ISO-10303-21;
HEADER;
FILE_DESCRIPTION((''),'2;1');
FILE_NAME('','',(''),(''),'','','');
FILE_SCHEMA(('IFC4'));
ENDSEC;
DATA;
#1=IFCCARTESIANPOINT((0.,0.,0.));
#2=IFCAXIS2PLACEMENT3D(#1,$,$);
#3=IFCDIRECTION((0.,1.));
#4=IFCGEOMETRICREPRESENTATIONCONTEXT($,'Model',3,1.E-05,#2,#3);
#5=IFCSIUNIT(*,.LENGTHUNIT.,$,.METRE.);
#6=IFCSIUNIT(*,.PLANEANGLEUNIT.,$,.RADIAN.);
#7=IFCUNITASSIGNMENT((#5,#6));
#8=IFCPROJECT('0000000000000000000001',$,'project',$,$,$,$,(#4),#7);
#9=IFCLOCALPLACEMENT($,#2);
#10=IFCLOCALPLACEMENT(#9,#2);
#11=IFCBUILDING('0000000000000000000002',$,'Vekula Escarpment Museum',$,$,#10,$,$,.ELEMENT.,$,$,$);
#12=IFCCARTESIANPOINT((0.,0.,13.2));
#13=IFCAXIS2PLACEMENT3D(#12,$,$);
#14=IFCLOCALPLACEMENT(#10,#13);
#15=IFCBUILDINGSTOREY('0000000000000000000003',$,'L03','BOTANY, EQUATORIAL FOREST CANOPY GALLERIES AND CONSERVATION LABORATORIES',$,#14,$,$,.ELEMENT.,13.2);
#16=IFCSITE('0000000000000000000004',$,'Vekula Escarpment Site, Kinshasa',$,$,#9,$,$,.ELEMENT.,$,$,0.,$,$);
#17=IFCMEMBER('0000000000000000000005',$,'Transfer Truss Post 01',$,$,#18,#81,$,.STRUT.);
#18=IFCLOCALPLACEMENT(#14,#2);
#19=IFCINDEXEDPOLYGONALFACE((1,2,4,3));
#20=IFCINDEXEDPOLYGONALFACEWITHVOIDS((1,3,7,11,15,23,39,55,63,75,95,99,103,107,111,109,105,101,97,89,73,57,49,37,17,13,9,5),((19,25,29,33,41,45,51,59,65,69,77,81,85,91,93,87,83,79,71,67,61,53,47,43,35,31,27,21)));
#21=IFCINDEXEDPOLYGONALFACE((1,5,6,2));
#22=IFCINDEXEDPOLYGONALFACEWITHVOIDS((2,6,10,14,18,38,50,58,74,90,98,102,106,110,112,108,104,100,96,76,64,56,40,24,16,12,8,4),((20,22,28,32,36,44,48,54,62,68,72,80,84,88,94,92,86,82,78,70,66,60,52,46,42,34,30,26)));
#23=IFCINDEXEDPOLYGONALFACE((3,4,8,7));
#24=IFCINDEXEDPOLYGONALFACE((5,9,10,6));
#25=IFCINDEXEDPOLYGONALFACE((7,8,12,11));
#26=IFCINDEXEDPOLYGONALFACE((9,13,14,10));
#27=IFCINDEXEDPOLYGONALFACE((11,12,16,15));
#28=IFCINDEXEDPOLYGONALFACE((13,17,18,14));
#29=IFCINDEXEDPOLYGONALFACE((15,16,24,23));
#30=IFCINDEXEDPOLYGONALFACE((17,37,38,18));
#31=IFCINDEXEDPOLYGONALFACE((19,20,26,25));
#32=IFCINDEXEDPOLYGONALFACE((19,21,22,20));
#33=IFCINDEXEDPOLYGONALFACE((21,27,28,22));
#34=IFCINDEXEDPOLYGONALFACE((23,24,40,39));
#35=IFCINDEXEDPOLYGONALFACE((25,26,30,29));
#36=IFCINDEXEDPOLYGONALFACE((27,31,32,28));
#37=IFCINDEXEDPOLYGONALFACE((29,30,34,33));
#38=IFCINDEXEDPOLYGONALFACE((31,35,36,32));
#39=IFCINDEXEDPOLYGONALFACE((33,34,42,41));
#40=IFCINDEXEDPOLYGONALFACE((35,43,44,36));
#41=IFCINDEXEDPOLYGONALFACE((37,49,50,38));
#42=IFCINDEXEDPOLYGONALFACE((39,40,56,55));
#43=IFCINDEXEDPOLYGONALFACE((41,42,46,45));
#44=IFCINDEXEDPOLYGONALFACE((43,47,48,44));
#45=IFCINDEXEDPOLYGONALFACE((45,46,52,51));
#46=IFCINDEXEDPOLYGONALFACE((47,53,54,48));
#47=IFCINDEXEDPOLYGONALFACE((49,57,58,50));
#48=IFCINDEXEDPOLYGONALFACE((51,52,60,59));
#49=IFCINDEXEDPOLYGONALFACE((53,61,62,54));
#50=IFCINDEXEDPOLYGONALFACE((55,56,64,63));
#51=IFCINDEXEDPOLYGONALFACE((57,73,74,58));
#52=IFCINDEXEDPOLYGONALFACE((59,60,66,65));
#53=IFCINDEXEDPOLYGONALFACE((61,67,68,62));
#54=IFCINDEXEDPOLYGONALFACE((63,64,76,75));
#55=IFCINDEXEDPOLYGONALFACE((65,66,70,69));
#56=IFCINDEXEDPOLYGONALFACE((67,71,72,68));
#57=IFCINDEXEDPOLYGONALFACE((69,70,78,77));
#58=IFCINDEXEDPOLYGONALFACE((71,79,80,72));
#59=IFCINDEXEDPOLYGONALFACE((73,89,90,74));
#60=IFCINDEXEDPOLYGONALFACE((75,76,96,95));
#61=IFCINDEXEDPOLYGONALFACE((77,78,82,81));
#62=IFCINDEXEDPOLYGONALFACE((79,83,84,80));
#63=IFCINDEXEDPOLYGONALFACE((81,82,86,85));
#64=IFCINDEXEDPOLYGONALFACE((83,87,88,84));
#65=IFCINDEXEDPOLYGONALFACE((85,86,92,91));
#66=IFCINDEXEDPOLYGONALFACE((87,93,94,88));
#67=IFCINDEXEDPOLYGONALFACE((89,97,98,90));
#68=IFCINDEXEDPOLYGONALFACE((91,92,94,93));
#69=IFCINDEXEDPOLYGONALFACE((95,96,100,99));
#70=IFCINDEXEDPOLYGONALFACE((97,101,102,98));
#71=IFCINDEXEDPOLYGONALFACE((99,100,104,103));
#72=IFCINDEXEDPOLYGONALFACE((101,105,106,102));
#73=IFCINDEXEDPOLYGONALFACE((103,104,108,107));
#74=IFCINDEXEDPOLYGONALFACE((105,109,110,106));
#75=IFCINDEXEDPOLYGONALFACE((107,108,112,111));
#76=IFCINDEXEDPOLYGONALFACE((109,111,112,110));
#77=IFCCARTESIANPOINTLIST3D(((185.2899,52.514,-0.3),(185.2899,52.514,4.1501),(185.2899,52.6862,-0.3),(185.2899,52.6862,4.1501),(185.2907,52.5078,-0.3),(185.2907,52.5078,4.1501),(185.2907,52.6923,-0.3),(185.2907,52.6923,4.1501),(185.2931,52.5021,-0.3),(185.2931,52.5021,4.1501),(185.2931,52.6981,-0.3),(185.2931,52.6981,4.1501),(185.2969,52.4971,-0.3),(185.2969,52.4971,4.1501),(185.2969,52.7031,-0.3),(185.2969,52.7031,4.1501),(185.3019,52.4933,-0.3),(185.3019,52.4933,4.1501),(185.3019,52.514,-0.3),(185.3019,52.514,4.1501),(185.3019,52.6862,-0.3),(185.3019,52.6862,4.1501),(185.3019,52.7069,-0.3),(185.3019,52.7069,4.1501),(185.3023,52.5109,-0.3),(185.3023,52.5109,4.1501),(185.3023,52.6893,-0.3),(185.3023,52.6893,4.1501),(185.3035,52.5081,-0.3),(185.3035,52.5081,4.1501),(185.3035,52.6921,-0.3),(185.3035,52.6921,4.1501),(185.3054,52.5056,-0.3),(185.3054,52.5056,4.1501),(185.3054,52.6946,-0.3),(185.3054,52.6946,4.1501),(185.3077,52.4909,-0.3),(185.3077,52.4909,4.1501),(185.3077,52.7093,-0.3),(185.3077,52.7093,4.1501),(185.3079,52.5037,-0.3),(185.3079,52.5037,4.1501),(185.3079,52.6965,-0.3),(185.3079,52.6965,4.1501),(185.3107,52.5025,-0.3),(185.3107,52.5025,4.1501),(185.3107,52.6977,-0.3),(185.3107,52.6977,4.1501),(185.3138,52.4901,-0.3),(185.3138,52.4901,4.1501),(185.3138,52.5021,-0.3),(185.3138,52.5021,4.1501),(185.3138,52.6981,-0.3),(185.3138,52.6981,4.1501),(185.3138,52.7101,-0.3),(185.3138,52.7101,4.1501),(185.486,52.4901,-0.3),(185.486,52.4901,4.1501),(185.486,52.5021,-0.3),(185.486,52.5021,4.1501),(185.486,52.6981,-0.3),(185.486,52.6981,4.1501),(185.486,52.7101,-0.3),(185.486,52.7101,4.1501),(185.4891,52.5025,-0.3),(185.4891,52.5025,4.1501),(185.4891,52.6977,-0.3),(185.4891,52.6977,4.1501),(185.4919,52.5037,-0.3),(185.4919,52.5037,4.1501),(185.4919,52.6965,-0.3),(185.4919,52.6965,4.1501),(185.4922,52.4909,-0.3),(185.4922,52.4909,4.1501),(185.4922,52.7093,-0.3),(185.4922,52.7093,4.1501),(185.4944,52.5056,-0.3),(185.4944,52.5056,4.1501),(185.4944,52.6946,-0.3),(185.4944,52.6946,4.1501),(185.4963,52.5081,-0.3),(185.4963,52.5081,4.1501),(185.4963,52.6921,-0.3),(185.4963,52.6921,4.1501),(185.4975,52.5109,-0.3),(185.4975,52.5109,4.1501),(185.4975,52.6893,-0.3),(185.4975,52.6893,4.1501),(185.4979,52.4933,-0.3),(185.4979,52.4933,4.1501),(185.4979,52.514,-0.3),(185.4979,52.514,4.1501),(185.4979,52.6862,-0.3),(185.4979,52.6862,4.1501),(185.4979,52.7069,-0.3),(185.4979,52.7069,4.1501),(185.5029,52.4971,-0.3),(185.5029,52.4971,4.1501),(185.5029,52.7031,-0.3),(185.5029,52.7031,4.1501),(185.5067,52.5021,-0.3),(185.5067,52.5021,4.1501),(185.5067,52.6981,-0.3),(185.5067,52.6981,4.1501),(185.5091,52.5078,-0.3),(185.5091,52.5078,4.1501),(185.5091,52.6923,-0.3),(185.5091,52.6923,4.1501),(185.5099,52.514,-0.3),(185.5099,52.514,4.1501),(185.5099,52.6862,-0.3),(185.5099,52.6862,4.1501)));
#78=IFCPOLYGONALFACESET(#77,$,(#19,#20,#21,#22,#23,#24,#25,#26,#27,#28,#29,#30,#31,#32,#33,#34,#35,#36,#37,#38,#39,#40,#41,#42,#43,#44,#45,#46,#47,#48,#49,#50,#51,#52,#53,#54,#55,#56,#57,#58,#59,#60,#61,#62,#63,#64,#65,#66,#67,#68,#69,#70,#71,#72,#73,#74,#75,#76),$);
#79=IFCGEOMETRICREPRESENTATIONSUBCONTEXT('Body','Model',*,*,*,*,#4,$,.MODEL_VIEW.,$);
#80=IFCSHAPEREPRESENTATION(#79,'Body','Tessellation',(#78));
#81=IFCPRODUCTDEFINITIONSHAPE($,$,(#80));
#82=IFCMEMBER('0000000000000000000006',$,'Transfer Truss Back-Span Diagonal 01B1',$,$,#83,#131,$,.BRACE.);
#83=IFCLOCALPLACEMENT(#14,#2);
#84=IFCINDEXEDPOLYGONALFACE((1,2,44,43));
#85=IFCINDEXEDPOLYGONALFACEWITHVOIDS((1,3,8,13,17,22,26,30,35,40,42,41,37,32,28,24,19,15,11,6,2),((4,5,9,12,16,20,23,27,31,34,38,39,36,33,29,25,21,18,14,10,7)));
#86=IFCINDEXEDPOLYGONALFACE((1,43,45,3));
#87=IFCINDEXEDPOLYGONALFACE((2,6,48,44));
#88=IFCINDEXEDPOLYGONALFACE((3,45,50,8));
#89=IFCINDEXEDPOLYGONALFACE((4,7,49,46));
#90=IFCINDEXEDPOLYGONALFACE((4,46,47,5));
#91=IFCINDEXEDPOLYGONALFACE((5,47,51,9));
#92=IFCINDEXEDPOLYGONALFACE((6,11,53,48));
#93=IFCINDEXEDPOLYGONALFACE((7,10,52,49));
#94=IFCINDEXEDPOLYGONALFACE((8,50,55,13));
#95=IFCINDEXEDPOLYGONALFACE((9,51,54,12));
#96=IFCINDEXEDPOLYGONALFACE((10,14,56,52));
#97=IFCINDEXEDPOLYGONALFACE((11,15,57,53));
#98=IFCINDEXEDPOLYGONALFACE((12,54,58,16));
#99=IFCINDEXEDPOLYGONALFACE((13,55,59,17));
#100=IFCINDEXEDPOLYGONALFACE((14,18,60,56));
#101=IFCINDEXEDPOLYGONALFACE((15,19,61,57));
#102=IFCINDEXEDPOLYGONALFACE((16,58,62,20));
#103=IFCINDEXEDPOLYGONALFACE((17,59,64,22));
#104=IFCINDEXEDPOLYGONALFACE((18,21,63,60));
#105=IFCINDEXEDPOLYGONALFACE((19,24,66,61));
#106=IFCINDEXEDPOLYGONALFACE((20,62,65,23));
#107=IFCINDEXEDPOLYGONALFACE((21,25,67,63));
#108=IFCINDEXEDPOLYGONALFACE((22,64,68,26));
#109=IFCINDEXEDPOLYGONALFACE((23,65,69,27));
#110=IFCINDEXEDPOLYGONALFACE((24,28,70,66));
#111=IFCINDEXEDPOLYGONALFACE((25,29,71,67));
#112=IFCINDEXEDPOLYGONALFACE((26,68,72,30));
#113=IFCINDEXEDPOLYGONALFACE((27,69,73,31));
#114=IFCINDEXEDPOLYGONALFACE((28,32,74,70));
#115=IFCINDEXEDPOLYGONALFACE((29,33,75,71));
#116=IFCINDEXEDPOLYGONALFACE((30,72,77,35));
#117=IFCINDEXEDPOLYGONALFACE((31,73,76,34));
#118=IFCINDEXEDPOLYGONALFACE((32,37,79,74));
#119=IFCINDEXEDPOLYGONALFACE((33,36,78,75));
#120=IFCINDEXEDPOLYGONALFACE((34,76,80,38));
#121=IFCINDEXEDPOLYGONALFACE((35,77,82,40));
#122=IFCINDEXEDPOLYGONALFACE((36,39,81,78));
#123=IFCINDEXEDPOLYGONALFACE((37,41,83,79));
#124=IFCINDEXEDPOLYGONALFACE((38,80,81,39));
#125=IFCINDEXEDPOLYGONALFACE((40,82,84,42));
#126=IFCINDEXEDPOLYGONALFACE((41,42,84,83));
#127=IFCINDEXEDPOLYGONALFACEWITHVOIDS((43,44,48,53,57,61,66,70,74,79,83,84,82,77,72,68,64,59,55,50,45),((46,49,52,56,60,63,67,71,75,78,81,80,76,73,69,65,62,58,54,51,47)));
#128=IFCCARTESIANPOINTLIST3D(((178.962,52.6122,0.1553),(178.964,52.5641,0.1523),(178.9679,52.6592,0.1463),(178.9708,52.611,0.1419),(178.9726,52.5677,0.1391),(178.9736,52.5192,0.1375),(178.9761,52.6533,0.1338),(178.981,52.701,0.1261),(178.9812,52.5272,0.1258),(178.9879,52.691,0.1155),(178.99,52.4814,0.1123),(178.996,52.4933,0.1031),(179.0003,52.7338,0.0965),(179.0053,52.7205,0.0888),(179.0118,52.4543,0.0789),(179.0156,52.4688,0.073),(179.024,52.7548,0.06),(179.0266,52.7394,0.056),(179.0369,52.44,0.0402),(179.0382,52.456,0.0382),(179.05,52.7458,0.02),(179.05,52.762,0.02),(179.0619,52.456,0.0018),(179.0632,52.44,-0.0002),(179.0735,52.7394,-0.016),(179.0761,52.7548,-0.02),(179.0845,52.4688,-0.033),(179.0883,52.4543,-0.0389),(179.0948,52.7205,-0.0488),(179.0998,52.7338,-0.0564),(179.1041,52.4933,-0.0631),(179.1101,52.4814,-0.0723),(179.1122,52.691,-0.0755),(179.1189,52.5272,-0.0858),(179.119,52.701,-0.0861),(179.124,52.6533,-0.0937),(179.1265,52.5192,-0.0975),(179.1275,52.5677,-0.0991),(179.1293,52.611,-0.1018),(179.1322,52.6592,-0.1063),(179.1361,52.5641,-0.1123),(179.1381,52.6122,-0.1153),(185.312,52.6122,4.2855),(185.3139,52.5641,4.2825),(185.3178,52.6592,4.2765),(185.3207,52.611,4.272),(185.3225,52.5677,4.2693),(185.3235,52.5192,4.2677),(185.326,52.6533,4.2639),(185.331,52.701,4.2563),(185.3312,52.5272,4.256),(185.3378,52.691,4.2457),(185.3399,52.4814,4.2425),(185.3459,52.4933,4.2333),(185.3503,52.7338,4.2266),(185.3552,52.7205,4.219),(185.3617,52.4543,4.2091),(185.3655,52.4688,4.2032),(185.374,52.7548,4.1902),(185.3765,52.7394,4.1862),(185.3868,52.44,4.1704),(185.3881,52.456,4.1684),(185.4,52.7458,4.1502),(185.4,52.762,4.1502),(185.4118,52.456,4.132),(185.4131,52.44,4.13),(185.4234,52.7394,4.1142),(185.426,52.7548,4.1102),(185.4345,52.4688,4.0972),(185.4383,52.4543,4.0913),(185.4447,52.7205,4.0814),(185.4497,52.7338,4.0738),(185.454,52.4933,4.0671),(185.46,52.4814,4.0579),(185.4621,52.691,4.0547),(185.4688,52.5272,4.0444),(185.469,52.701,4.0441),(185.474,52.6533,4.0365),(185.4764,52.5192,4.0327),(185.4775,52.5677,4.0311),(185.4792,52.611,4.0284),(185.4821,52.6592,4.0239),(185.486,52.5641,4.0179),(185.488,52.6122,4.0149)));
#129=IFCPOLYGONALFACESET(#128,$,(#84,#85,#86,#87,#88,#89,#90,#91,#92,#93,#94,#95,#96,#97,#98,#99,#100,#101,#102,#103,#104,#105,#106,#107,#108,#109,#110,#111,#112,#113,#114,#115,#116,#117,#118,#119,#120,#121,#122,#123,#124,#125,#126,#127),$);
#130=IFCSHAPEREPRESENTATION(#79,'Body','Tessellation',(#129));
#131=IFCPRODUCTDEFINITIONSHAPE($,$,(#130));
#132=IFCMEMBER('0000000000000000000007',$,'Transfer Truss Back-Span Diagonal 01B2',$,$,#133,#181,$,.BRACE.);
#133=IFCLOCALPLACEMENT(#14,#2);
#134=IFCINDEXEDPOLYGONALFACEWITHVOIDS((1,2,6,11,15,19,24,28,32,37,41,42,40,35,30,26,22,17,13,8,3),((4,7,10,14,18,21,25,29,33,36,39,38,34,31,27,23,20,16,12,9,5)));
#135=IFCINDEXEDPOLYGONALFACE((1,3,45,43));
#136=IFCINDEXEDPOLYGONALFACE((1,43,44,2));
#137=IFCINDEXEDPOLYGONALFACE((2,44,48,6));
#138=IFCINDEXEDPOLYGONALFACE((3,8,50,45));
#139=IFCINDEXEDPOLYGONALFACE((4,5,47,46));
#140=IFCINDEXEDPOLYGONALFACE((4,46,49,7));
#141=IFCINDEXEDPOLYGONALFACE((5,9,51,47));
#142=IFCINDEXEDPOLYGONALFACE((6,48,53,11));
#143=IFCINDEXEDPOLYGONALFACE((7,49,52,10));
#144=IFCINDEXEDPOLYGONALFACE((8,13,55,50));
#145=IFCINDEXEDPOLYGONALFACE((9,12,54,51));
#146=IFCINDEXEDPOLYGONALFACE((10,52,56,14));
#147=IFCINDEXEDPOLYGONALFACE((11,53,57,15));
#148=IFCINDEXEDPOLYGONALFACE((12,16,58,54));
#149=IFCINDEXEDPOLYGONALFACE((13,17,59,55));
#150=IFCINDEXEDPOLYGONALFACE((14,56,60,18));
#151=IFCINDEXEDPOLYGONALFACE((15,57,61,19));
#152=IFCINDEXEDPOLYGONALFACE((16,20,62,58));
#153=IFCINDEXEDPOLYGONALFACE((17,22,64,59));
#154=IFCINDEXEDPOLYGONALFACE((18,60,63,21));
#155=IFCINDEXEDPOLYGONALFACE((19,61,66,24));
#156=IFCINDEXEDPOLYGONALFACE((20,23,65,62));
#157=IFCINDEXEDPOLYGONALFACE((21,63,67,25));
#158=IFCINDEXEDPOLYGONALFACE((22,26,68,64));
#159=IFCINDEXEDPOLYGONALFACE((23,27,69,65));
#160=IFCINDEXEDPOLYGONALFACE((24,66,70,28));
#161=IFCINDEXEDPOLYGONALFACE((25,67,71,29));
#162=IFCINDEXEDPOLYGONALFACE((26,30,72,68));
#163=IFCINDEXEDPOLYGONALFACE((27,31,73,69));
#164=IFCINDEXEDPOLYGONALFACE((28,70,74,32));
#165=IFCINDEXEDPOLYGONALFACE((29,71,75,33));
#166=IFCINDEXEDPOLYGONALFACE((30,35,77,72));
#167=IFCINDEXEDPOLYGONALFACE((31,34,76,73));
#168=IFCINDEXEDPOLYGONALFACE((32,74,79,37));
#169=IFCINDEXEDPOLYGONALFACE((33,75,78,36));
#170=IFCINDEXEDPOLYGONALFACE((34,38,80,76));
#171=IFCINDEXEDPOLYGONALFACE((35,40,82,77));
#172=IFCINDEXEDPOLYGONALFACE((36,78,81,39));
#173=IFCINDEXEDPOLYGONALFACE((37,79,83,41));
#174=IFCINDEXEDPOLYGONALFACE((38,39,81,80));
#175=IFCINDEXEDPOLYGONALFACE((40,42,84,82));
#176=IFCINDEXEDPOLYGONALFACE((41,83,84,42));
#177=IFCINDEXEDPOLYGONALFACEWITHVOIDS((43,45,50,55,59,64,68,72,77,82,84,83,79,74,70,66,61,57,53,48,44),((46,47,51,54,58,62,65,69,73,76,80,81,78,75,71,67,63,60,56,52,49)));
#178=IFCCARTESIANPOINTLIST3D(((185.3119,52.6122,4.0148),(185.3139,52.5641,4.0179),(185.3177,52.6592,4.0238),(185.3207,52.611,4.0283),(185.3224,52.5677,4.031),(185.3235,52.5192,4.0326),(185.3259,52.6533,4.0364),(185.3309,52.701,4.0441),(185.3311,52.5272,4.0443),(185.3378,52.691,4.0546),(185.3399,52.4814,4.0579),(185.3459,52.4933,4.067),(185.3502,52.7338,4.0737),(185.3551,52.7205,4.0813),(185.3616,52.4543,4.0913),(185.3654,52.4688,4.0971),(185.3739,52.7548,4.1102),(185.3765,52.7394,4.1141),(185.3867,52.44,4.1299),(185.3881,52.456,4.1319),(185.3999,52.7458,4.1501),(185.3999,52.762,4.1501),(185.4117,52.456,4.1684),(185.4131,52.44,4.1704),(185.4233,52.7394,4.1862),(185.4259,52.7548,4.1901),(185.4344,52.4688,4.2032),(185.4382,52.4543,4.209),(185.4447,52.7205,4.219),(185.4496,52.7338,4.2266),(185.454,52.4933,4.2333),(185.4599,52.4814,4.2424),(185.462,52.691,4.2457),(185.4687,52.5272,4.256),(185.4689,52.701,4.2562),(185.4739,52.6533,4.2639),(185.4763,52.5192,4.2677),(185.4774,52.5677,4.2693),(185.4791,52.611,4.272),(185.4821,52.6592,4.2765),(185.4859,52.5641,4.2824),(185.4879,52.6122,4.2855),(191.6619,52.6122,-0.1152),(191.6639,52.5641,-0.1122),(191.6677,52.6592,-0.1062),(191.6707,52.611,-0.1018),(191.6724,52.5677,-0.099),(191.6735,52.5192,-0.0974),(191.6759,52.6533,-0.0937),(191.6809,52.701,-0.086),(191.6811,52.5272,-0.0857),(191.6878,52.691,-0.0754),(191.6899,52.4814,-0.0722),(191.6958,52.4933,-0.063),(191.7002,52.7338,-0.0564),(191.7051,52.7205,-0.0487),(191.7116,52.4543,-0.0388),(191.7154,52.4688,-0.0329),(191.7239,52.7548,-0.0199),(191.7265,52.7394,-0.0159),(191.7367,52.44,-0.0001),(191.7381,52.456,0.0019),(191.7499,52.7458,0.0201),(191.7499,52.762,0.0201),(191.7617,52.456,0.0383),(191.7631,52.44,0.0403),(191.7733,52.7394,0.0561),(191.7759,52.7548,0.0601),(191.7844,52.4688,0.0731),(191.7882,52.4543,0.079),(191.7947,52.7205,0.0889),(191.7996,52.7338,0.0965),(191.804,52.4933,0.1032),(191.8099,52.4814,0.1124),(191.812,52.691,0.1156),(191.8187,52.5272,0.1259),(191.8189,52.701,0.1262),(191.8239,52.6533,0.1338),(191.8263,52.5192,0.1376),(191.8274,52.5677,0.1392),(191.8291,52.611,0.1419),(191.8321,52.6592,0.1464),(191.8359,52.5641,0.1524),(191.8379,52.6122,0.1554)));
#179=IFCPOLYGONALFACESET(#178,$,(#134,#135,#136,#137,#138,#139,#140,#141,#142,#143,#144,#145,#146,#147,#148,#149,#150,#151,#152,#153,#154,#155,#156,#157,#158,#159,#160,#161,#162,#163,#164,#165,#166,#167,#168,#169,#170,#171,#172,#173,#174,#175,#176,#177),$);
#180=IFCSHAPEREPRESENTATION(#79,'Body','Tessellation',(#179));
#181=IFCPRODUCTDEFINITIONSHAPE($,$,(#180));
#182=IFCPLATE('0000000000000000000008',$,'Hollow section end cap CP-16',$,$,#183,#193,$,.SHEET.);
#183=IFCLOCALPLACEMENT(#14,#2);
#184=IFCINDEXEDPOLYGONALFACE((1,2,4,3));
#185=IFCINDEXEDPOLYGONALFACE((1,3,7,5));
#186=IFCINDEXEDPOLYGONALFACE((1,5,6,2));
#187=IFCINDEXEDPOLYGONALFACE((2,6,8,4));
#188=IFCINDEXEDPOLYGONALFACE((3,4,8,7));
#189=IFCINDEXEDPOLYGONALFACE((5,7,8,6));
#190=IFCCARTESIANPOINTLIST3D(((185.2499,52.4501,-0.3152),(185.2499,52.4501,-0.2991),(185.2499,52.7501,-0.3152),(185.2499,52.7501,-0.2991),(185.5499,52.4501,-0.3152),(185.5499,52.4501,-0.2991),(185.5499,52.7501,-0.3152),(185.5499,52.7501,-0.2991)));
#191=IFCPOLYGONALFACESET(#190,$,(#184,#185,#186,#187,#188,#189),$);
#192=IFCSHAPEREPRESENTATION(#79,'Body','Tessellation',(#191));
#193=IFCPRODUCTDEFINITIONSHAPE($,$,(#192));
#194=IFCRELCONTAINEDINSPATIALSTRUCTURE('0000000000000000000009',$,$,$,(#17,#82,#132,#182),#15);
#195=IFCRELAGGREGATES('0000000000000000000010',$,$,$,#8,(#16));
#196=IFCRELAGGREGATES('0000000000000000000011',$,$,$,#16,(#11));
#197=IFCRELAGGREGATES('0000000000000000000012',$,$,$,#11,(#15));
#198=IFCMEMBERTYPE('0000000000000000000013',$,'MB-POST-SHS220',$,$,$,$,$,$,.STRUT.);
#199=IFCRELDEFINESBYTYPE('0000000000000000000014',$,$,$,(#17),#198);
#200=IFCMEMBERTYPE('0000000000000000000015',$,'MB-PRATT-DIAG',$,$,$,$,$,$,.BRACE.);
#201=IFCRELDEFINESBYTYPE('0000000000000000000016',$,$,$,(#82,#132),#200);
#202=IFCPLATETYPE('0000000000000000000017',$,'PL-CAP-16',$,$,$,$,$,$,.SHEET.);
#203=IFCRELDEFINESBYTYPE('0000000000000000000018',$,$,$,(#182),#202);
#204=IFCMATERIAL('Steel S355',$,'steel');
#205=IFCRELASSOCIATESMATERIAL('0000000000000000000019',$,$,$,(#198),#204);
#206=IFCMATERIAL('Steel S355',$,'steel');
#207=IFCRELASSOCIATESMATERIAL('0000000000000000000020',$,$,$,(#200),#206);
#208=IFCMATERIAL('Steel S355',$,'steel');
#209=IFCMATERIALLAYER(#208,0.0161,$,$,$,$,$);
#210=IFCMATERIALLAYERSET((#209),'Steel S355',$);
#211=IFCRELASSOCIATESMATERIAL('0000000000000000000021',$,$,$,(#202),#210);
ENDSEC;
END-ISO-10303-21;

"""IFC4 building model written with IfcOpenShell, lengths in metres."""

from ifc_helpers import new_model, si_unit, direction, frame, origin, origin_2d, place, context, subcontext, project, spatial, rectangle, hollow_rectangle, hollow_circle, extrude, material, layer, layer_set, material_profile, profile_set, type_object, element, save


model = new_model("IFC4")

# Units and contexts
model_context = context("Model", 3, precision=1e-05, world=origin(), true_north=direction((0.0, 1.0)))
body_context = subcontext(model_context, "Body", "Model", "MODEL_VIEW")
ifc_project = project(units=[si_unit("LENGTHUNIT", "METRE"), si_unit("PLANEANGLEUNIT", "RADIAN")], contexts=[model_context])

# Site, building, storey
site_placement = place(None, origin())
site = spatial("IfcSite", under=ifc_project, at=site_placement, Name="Vekula Escarpment Site, Kinshasa", CompositionType="ELEMENT", RefElevation=0.0)
building_placement = place(site_placement, origin())
building = spatial("IfcBuilding", under=site, at=building_placement, Name="Vekula Escarpment Museum", CompositionType="ELEMENT")
storey_placement = place(building_placement, frame((0.0, 0.0, 13.2)))
storey = spatial("IfcBuildingStorey", under=building, at=storey_placement, Name="L03", Description="BOTANY, EQUATORIAL FOREST CANOPY GALLERIES AND CONSERVATION LABORATORIES", CompositionType="ELEMENT", Elevation=13.2)

# Members
ifc_material_1 = material(Name="Steel S355", Category="steel")
ifc_material_profile_1 = material_profile(ifc_material_1, hollow_rectangle(XDim=0.22, YDim=0.22, WallThickness=0.012, InnerFilletRadius=0.012, OuterFilletRadius=0.0239, at=origin_2d()), Name="SHS 220x220x12")
ifc_profile_set_1 = profile_set([ifc_material_profile_1], Name="Steel S355")
member_type_1 = type_object("IfcMemberType", Name="MB-POST-SHS220", PredefinedType="STRUT", material=ifc_profile_set_1)
member_placement = place(storey_placement, frame((185.3999, 52.6001, -0.3), z_axis=(0.0, 0.0, 1.0), x_axis=(1.0, 0.0, 0.0)))
element("IfcMember", 1, at=member_placement, inside=storey, type_object=member_type_1, Name="Transfer Truss Post 01", PredefinedType="STRUT", context=body_context, shape_type="SweptSolid", body=[
    extrude(hollow_rectangle(XDim=0.22, YDim=0.22, WallThickness=0.012, InnerFilletRadius=0.012, OuterFilletRadius=0.0239, at=origin_2d()), origin(), (0.0, 0.0, 1.0), 4.4502),
])
ifc_material_2 = material(Name="Steel S355", Category="steel")
ifc_material_profile_2 = material_profile(ifc_material_2, hollow_circle(Radius=0.1619, WallThickness=0.0161, at=origin_2d()), Name="CHS 323.9x16")
ifc_profile_set_2 = profile_set([ifc_material_profile_2], Name="Steel S355")
member_type_2 = type_object("IfcMemberType", Name="MB-PRATT-DIAG", PredefinedType="BRACE", material=ifc_profile_set_2)
for number, where, z_axis, x_axis, name in (
    (2, (179.05, 52.6001, 0.02), (0.838279, 0.0, 0.545241), (0.0, 1.0, 0.0), "Transfer Truss Back-Span Diagonal 01B1"),
    (3, (185.3999, 52.6001, 4.1501), (0.838289, 0.0, -0.545226), (0.0, 1.0, 0.0), "Transfer Truss Back-Span Diagonal 01B2"),
):
    element("IfcMember", number, at=place(storey_placement, frame(where, z_axis=z_axis, x_axis=x_axis)), inside=storey, type_object=member_type_2, Name=name, PredefinedType="BRACE", context=body_context, shape_type="SweptSolid", body=[
        extrude(hollow_circle(Radius=0.1619, WallThickness=0.0161, at=origin_2d()), origin(), (0.0, 0.0, 1.0), 7.575),
    ])

# Plate
ifc_material_3 = material(Name="Steel S355", Category="steel")
ifc_layer_1 = layer(ifc_material_3, 0.0161)
ifc_layer_set_1 = layer_set([ifc_layer_1], Name="Steel S355")
plate_type_1 = type_object("IfcPlateType", Name="PL-CAP-16", PredefinedType="SHEET", material=ifc_layer_set_1)
plate_1_placement = place(storey_placement, frame((185.3999, 52.6001, -0.3152), z_axis=(0.0, 0.0, 1.0), x_axis=(1.0, 0.0, 0.0)))
element("IfcPlate", 4, at=plate_1_placement, inside=storey, type_object=plate_type_1, Name="Hollow section end cap CP-16", PredefinedType="SHEET", context=body_context, shape_type="SweptSolid", body=[
    extrude(rectangle(XDim=0.3, YDim=0.3, at=origin_2d()), origin(), (0.0, 0.0, 1.0), 0.0161),
])

save(model, "model.ifc")
